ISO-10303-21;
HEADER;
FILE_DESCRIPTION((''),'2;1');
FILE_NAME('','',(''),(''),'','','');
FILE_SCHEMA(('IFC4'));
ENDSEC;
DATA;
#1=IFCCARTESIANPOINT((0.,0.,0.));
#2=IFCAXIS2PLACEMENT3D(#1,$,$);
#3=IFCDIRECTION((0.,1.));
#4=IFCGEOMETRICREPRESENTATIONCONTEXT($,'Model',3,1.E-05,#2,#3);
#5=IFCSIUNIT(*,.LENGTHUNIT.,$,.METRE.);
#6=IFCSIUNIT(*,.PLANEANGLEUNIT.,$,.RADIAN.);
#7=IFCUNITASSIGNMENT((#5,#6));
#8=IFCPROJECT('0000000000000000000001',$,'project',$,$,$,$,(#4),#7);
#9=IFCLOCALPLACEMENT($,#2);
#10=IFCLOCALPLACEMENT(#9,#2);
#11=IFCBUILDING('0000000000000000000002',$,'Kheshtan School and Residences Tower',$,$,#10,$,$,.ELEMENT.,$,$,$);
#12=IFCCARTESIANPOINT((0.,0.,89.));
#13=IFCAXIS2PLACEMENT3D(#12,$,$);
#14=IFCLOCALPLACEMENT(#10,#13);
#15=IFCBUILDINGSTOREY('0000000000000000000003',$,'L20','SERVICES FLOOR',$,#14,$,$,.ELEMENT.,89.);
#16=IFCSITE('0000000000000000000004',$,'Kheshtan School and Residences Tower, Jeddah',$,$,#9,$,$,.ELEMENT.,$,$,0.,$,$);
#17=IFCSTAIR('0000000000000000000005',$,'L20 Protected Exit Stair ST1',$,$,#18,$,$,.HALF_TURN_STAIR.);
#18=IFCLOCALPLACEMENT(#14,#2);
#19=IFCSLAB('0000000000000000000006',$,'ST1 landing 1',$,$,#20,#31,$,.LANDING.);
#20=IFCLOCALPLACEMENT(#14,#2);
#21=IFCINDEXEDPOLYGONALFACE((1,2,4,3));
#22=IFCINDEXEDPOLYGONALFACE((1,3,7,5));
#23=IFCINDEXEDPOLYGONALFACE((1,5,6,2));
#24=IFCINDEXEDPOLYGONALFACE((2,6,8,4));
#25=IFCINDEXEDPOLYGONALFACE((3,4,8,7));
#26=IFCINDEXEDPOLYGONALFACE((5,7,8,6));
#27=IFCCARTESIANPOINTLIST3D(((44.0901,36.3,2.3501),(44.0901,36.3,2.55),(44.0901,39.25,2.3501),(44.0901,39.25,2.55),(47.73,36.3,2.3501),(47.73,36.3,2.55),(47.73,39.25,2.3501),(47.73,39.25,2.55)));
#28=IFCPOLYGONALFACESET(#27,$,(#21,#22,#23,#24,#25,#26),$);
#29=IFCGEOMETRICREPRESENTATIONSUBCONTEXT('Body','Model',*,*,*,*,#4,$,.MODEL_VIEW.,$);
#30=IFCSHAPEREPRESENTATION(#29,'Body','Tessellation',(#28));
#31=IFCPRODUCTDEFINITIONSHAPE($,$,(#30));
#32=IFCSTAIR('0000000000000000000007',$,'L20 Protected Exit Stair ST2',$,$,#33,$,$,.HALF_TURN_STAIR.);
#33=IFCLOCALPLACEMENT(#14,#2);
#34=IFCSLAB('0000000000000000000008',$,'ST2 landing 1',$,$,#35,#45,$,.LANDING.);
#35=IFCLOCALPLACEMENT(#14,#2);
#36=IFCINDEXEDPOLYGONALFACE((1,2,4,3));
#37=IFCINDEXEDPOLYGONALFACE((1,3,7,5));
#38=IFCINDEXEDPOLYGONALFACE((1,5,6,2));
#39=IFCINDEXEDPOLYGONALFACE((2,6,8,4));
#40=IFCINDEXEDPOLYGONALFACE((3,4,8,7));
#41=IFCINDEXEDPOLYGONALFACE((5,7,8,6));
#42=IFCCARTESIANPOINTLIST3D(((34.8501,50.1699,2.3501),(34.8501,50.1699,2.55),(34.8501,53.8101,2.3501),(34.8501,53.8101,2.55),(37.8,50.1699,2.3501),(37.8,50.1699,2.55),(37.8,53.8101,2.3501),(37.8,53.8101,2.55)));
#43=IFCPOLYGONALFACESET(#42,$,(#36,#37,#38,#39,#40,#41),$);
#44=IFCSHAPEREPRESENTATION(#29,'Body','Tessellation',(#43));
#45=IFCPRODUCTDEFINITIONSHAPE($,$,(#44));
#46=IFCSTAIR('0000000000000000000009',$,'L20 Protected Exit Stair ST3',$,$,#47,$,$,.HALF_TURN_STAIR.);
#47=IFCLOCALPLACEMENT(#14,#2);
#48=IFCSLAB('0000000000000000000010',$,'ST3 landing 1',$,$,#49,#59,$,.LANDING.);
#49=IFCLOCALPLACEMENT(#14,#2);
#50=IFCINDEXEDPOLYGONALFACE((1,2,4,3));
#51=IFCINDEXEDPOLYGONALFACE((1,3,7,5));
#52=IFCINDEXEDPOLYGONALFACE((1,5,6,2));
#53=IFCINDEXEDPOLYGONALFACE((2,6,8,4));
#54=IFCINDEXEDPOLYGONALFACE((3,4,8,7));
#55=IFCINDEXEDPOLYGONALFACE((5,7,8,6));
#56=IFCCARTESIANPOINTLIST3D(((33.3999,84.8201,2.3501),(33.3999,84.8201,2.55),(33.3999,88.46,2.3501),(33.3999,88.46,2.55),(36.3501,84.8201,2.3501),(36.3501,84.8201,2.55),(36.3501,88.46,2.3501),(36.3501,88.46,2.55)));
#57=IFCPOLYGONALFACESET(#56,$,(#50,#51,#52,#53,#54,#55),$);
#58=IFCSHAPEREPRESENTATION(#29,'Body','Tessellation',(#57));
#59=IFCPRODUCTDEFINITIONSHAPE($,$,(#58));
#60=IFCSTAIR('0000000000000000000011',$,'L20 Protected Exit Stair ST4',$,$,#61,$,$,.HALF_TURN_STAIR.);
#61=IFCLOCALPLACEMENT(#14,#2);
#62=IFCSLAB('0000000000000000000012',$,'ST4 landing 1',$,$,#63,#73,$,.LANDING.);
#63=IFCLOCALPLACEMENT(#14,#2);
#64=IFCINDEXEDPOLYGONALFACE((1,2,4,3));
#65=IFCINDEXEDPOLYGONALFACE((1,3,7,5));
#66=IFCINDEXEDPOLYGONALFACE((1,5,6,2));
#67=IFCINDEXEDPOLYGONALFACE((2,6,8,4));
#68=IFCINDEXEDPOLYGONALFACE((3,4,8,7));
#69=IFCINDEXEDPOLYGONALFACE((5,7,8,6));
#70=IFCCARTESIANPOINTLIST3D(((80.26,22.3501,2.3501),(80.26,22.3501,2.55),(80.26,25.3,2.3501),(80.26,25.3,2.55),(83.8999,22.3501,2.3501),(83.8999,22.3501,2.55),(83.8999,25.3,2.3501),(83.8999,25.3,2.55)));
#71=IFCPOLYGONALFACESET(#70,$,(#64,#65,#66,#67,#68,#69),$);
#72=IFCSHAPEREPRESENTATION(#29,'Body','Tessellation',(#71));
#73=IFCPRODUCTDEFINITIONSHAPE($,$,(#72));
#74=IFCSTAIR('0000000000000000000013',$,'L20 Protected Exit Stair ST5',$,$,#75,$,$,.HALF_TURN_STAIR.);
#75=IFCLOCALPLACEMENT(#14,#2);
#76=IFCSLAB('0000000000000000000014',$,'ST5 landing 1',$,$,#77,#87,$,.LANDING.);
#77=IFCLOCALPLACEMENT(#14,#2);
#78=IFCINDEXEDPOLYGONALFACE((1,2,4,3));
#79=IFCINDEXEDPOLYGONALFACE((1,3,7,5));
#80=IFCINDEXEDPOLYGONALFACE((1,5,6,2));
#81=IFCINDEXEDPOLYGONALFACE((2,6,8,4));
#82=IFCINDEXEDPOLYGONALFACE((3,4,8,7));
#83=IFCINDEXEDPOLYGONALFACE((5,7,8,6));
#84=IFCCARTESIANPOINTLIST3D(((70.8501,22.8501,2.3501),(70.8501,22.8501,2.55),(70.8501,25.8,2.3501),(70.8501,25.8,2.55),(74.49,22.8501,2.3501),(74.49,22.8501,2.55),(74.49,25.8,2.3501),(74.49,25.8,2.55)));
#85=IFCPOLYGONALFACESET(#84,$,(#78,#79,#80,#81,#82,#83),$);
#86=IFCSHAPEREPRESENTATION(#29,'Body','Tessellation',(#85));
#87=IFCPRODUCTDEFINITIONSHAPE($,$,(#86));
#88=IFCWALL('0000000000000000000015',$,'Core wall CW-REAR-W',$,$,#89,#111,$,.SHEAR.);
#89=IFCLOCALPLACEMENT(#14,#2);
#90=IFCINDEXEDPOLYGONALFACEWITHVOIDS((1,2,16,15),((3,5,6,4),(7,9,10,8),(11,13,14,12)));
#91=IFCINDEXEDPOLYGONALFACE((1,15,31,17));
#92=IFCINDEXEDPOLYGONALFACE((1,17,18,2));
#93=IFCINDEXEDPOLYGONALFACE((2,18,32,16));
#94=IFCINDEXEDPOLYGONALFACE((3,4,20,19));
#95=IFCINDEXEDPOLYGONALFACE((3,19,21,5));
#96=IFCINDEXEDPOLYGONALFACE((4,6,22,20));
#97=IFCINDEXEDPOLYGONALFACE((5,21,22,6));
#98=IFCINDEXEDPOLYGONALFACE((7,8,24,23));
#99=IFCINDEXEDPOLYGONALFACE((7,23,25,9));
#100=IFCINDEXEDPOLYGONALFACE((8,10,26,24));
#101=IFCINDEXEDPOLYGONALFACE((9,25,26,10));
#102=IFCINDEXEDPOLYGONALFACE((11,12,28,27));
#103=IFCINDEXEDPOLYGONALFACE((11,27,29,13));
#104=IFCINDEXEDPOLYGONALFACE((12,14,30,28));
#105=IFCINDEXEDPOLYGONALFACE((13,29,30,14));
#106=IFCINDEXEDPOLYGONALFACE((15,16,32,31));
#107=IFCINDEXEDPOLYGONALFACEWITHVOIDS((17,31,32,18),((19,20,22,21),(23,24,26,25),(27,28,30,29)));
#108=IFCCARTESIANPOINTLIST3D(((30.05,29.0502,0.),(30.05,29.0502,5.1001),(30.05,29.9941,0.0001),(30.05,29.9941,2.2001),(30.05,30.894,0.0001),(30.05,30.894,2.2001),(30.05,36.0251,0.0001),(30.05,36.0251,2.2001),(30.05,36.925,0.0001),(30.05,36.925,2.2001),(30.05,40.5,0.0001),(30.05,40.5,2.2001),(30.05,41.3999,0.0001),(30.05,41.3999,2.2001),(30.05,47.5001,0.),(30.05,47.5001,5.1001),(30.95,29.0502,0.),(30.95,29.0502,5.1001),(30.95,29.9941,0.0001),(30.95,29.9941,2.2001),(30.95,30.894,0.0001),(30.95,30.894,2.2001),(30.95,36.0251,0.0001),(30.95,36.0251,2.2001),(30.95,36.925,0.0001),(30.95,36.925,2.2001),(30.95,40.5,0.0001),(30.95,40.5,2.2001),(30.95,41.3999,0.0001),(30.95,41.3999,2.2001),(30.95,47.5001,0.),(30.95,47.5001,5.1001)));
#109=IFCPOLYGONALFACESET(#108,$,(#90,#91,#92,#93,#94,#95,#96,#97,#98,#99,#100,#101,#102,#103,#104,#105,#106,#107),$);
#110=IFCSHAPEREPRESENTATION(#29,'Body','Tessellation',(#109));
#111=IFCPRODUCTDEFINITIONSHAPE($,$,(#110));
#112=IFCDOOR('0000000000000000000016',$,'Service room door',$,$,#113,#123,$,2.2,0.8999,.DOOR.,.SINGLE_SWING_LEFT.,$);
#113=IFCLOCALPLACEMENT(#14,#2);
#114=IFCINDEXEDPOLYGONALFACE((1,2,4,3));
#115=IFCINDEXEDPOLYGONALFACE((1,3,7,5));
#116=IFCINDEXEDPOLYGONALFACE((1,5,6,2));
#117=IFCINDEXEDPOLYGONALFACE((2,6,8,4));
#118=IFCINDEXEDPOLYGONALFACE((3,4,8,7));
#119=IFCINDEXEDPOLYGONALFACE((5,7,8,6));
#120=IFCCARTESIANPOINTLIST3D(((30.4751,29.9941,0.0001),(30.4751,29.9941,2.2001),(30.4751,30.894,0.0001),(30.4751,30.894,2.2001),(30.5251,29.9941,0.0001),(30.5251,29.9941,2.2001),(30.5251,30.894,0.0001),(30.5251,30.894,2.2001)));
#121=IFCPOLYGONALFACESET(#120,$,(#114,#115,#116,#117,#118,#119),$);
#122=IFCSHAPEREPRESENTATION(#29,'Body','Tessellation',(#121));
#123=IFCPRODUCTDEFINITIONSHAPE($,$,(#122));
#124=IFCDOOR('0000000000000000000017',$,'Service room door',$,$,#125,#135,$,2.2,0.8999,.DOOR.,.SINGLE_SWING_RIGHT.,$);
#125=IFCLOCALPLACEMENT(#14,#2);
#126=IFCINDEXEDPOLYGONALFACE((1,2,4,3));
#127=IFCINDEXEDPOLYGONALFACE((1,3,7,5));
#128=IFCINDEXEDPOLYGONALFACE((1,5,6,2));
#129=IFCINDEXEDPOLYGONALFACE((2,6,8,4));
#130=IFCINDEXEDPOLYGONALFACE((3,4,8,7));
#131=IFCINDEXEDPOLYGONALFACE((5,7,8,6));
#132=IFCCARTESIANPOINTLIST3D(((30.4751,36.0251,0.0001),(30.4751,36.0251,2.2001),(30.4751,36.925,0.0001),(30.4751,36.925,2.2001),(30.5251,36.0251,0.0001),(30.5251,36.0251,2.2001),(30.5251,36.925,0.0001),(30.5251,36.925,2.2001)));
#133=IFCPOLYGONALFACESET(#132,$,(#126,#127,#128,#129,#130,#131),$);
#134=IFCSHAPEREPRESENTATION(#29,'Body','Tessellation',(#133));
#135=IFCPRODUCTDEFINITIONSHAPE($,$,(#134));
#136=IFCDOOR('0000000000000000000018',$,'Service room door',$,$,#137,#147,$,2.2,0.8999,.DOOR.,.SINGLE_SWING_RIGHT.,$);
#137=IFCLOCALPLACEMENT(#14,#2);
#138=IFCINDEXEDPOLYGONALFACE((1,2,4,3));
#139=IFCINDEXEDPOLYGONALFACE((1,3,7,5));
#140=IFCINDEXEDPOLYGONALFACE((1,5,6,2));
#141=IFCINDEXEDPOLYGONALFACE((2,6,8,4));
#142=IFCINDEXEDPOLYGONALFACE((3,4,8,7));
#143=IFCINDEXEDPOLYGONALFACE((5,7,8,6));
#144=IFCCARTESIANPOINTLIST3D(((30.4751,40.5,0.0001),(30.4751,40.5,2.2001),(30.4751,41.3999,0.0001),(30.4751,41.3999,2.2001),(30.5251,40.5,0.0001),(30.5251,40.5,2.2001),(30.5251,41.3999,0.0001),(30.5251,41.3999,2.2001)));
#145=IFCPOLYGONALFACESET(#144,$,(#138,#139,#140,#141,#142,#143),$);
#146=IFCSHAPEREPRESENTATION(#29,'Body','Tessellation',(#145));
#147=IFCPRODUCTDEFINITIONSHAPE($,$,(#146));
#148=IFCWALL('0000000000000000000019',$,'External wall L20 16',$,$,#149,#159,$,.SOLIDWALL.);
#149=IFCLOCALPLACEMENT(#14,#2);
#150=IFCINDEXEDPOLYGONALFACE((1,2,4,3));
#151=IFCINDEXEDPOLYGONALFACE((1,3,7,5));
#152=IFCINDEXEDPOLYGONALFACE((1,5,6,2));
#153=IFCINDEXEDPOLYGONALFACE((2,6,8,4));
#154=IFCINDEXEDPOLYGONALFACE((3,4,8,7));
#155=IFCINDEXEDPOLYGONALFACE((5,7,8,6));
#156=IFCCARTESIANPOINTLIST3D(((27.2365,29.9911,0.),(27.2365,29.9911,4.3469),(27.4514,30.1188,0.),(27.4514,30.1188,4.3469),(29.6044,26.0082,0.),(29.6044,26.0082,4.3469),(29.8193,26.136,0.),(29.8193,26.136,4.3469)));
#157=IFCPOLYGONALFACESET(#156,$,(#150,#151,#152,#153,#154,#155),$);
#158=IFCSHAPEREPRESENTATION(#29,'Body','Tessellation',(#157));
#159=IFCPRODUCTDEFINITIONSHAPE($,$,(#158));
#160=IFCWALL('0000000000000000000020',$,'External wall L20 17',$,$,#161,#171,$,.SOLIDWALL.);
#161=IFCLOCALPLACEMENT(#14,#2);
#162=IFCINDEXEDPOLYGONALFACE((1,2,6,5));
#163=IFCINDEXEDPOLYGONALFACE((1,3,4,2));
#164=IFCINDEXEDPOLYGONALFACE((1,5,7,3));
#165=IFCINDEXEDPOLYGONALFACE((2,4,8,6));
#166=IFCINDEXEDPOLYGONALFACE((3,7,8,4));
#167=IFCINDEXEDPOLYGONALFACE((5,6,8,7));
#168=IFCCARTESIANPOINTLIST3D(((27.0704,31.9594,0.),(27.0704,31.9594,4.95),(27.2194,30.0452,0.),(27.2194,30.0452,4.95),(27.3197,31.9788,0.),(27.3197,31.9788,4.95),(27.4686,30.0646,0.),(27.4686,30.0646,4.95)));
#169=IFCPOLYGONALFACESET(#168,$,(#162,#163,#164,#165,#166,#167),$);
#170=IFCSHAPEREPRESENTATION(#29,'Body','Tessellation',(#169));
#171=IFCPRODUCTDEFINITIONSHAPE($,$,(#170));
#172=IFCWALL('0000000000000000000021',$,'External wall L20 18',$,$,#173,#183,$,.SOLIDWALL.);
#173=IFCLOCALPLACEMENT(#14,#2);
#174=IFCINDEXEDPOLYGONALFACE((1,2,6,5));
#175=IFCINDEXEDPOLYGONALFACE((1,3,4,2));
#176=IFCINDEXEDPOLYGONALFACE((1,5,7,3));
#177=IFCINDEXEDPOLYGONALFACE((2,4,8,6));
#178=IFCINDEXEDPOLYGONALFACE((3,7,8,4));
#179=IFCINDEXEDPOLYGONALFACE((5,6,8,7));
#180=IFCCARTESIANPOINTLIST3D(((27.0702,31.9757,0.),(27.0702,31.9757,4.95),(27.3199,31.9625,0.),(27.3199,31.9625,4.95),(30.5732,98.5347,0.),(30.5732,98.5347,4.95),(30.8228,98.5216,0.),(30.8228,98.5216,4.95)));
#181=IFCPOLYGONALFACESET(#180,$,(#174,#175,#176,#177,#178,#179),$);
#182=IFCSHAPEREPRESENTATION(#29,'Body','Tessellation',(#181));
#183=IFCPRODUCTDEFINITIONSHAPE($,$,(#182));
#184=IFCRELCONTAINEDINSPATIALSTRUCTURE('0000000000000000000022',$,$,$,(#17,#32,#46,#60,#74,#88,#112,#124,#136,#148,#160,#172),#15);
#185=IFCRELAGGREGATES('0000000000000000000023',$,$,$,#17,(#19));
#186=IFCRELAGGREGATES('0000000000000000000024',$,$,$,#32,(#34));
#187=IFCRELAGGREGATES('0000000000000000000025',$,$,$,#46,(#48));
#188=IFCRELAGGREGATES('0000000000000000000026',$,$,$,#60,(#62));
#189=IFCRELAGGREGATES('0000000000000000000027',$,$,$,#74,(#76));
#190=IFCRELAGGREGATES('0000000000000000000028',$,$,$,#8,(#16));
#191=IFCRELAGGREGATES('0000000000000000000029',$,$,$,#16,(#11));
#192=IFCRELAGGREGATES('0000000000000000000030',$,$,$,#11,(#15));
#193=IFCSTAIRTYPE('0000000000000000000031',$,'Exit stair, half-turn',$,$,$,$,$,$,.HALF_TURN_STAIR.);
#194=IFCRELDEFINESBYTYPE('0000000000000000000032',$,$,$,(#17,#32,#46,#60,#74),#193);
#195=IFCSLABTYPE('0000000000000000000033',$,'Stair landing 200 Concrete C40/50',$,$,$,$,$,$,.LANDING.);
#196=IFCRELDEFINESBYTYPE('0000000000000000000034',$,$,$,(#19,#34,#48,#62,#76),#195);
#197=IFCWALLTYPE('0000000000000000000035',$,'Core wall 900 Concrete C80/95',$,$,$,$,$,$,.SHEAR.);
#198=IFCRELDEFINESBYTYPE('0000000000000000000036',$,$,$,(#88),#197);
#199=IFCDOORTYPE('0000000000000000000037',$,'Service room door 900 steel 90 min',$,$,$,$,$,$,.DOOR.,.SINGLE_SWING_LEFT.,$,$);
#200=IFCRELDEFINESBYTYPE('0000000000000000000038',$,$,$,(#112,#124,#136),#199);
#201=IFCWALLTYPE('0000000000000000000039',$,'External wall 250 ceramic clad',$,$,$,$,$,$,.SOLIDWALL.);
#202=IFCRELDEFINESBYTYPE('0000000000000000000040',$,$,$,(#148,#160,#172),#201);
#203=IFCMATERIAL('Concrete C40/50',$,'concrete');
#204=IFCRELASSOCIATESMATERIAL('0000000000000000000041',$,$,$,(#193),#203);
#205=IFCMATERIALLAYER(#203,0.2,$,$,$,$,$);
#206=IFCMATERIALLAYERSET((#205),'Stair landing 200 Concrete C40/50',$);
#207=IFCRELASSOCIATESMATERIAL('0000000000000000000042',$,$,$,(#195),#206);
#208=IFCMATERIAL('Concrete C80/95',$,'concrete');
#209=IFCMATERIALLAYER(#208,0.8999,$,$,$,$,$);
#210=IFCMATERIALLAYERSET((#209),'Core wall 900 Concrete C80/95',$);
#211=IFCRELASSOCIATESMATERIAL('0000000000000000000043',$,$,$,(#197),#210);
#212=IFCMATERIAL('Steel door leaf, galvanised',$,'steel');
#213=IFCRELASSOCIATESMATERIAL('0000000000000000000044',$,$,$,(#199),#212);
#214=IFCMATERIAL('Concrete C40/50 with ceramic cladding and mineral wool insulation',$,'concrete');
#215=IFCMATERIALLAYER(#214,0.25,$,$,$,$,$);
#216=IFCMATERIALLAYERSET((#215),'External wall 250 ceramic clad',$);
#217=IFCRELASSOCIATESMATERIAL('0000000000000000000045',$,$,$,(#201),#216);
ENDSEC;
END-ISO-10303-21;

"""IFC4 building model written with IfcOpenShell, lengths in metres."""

from ifc_helpers import new_model, si_unit, direction, frame, frame_2d, origin, place, context, subcontext, project, spatial, polyline, rectangle, outline, extrude, source, transform, mapped, material, layer, layer_set, type_object, element, fill, aggregate, save


model = new_model("IFC4")

# Units and contexts
model_context = context("Model", 3, precision=1e-05, world=origin(), true_north=direction((0.0, 1.0)))
body_context = subcontext(model_context, "Body", "Model", "MODEL_VIEW")
ifc_project = project(units=[si_unit("LENGTHUNIT", "METRE"), si_unit("PLANEANGLEUNIT", "RADIAN")], contexts=[model_context])

# Site, building, storey
site_placement = place(None, origin())
site = spatial("IfcSite", under=ifc_project, at=site_placement, Name="Kheshtan School and Residences Tower, Jeddah", CompositionType="ELEMENT", RefElevation=0.0)
building_placement = place(site_placement, origin())
building = spatial("IfcBuilding", under=site, at=building_placement, Name="Kheshtan School and Residences Tower", CompositionType="ELEMENT")
storey_placement = place(building_placement, frame((0.0, 0.0, 89.0)))
storey = spatial("IfcBuildingStorey", under=building, at=storey_placement, Name="L20", Description="SERVICES FLOOR", CompositionType="ELEMENT", Elevation=89.0)

# Shared definitions
ifc_material_1 = material(Name="Concrete C40/50", Category="concrete")

# Stairs, slabs
stair_type = type_object("IfcStairType", Name="Exit stair, half-turn", PredefinedType="HALF_TURN_STAIR", material=ifc_material_1)
stair_1_placement = place(storey_placement, origin())
stair_1 = element("IfcStair", 1, at=stair_1_placement, inside=storey, type_object=stair_type, Name="L20 Protected Exit Stair ST1", PredefinedType="HALF_TURN_STAIR")
ifc_layer_1 = layer(ifc_material_1, 0.2)
ifc_layer_set_1 = layer_set([ifc_layer_1], Name="Stair landing 200 Concrete C40/50")
slab_type_1 = type_object("IfcSlabType", Name="Stair landing 200 Concrete C40/50", PredefinedType="LANDING", material=ifc_layer_set_1)
slab_1_placement = place(storey_placement, frame((0.0, 0.0, 2.3501)))
slab_1 = element("IfcSlab", 2, at=slab_1_placement, type_object=slab_type_1, Name="ST1 landing 1", PredefinedType="LANDING", context=body_context, shape_type="SweptSolid", body=[
    extrude(outline(polyline([(47.73, 39.25), (44.0901, 39.25), (44.0901, 36.3), (47.73, 36.3), (47.73, 39.25)])), origin(), (0.0, 0.0, 1.0), 0.2),
])
aggregate(stair_1, [slab_1])
stair_2_placement = place(storey_placement, origin())
stair_2 = element("IfcStair", 3, at=stair_2_placement, inside=storey, type_object=stair_type, Name="L20 Protected Exit Stair ST2", PredefinedType="HALF_TURN_STAIR")
slab_2_placement = place(storey_placement, frame((0.0, 0.0, 2.3501)))
slab_2 = element("IfcSlab", 4, at=slab_2_placement, type_object=slab_type_1, Name="ST2 landing 1", PredefinedType="LANDING", context=body_context, shape_type="SweptSolid", body=[
    extrude(outline(polyline([(37.8, 50.1699), (37.8, 53.8101), (34.8501, 53.8101), (34.8501, 50.1699), (37.8, 50.1699)])), origin(), (0.0, 0.0, 1.0), 0.2),
])
aggregate(stair_2, [slab_2])
stair_3_placement = place(storey_placement, origin())
stair_3 = element("IfcStair", 5, at=stair_3_placement, inside=storey, type_object=stair_type, Name="L20 Protected Exit Stair ST3", PredefinedType="HALF_TURN_STAIR")
slab_3_placement = place(storey_placement, frame((0.0, 0.0, 2.3501)))
slab_3 = element("IfcSlab", 6, at=slab_3_placement, type_object=slab_type_1, Name="ST3 landing 1", PredefinedType="LANDING", context=body_context, shape_type="SweptSolid", body=[
    extrude(outline(polyline([(36.3501, 84.8201), (36.3501, 88.46), (33.3999, 88.46), (33.3999, 84.8201), (36.3501, 84.8201)])), origin(), (0.0, 0.0, 1.0), 0.2),
])
aggregate(stair_3, [slab_3])
stair_4_placement = place(storey_placement, origin())
stair_4 = element("IfcStair", 7, at=stair_4_placement, inside=storey, type_object=stair_type, Name="L20 Protected Exit Stair ST4", PredefinedType="HALF_TURN_STAIR")
slab_4_placement = place(storey_placement, frame((0.0, 0.0, 2.3501)))
slab_4 = element("IfcSlab", 8, at=slab_4_placement, type_object=slab_type_1, Name="ST4 landing 1", PredefinedType="LANDING", context=body_context, shape_type="SweptSolid", body=[
    extrude(outline(polyline([(83.8999, 25.3), (80.26, 25.3), (80.26, 22.3501), (83.8999, 22.3501), (83.8999, 25.3)])), origin(), (0.0, 0.0, 1.0), 0.2),
])
aggregate(stair_4, [slab_4])
stair_5_placement = place(storey_placement, origin())
stair_5 = element("IfcStair", 9, at=stair_5_placement, inside=storey, type_object=stair_type, Name="L20 Protected Exit Stair ST5", PredefinedType="HALF_TURN_STAIR")
slab_5_placement = place(storey_placement, frame((0.0, 0.0, 2.3501)))
slab_5 = element("IfcSlab", 10, at=slab_5_placement, type_object=slab_type_1, Name="ST5 landing 1", PredefinedType="LANDING", context=body_context, shape_type="SweptSolid", body=[
    extrude(outline(polyline([(74.49, 25.8), (70.8501, 25.8), (70.8501, 22.8501), (74.49, 22.8501), (74.49, 25.8)])), origin(), (0.0, 0.0, 1.0), 0.2),
])
aggregate(stair_5, [slab_5])

# Wall, openings, doors
ifc_material_2 = material(Name="Concrete C80/95", Category="concrete")
ifc_layer_2 = layer(ifc_material_2, 0.8999)
ifc_layer_set_2 = layer_set([ifc_layer_2], Name="Core wall 900 Concrete C80/95")
wall_type_1 = type_object("IfcWallType", Name="Core wall 900 Concrete C80/95", PredefinedType="SHEAR", material=ifc_layer_set_2)
wall_1_placement = place(storey_placement, frame((30.5, 29.05, 0.0), z_axis=(0.0, 0.0, 1.0), x_axis=(0.0, 1.0, 0.0)))
wall_1 = element("IfcWall", 11, at=wall_1_placement, inside=storey, type_object=wall_type_1, Name="Core wall CW-REAR-W", PredefinedType="SHEAR", context=body_context, shape_type="SweptSolid", body=[
    extrude(rectangle(XDim=18.45, YDim=0.8999, at=frame_2d((9.2251, 0.0))), origin(), (0.0, 0.0, 1.0), 5.1001),
])
opening_1_placement = place(wall_1_placement, frame((0.9441, 0.0, 0.0)))
opening_1 = element("IfcOpeningElement", 12, at=opening_1_placement, cuts=wall_1, PredefinedType="OPENING", context=body_context, shape_type="SweptSolid", body=[
    extrude(rectangle(XDim=0.8999, YDim=2.2, at=frame_2d((0.45, 1.1001))), frame((0.0, 0.46, 0.0), z_axis=(0.0, -1.0, 0.0), x_axis=(1.0, 0.0, 0.0)), (0.0, 0.0, 1.0), 0.9199),
])
opening_2_placement = place(wall_1_placement, frame((6.9751, 0.0, 0.0)))
opening_2 = element("IfcOpeningElement", 13, at=opening_2_placement, cuts=wall_1, PredefinedType="OPENING", context=body_context, shape_type="SweptSolid", body=[
    extrude(rectangle(XDim=0.8999, YDim=2.2, at=frame_2d((0.45, 1.1001))), frame((0.0, 0.46, 0.0), z_axis=(0.0, -1.0, 0.0), x_axis=(1.0, 0.0, 0.0)), (0.0, 0.0, 1.0), 0.9199),
])
opening_3_placement = place(wall_1_placement, frame((11.45, 0.0, 0.0)))
opening_3 = element("IfcOpeningElement", 14, at=opening_3_placement, cuts=wall_1, PredefinedType="OPENING", context=body_context, shape_type="SweptSolid", body=[
    extrude(rectangle(XDim=0.8999, YDim=2.2, at=frame_2d((0.45, 1.1001))), frame((0.0, 0.46, 0.0), z_axis=(0.0, -1.0, 0.0), x_axis=(1.0, 0.0, 0.0)), (0.0, 0.0, 1.0), 0.9199),
])
ifc_material_3 = material(Name="Steel door leaf, galvanised", Category="steel")
door_type = type_object("IfcDoorType", Name="Service room door 900 steel 90 min", OperationType="SINGLE_SWING_LEFT", PredefinedType="DOOR", material=ifc_material_3)
shared_shape = source(origin(), body_context, "Body", "SweptSolid", [
    extrude(rectangle(XDim=0.8999, YDim=2.2, at=frame_2d((0.45, 1.1001))), frame((0.0, 0.0249, 0.0), z_axis=(0.0, -1.0, 0.0), x_axis=(1.0, 0.0, 0.0)), (0.0, 0.0, 1.0), 0.05),
])
door_1_placement = place(opening_1_placement, origin())
door_1 = element("IfcDoor", 15, at=door_1_placement, inside=storey, type_object=door_type, Name="Service room door", OperationType="SINGLE_SWING_LEFT", OverallHeight=2.2, OverallWidth=0.8999, PredefinedType="DOOR", context=body_context, shape_type="MappedRepresentation", body=[
    mapped(shared_shape, transform((0.0, 0.0, 0.0), x_axis=(1.0, 0.0, 0.0), y_axis=(0.0, 1.0, 0.0), z_axis=(0.0, 0.0, 1.0), scale=1.0)),
])
fill(opening_1, door_1)
door_2_placement = place(opening_2_placement, origin())
door_2 = element("IfcDoor", 16, at=door_2_placement, inside=storey, type_object=door_type, Name="Service room door", OperationType="SINGLE_SWING_RIGHT", OverallHeight=2.2, OverallWidth=0.8999, PredefinedType="DOOR", context=body_context, shape_type="MappedRepresentation", body=[
    mapped(shared_shape, transform((0.0, 0.0, 0.0), x_axis=(1.0, 0.0, 0.0), y_axis=(0.0, 1.0, 0.0), z_axis=(0.0, 0.0, 1.0), scale=1.0)),
])
fill(opening_2, door_2)
door_3_placement = place(opening_3_placement, origin())
door_3 = element("IfcDoor", 17, at=door_3_placement, inside=storey, type_object=door_type, Name="Service room door", OperationType="SINGLE_SWING_RIGHT", OverallHeight=2.2, OverallWidth=0.8999, PredefinedType="DOOR", context=body_context, shape_type="MappedRepresentation", body=[
    mapped(shared_shape, transform((0.0, 0.0, 0.0), x_axis=(1.0, 0.0, 0.0), y_axis=(0.0, 1.0, 0.0), z_axis=(0.0, 0.0, 1.0), scale=1.0)),
])
fill(opening_3, door_3)

# Walls
ifc_material_4 = material(Name="Concrete C40/50 with ceramic cladding and mineral wool insulation", Category="concrete")
ifc_layer_3 = layer(ifc_material_4, 0.25)
ifc_layer_set_3 = layer_set([ifc_layer_3], Name="External wall 250 ceramic clad")
wall_type_2 = type_object("IfcWallType", Name="External wall 250 ceramic clad", PredefinedType="SOLIDWALL", material=ifc_layer_set_3)
wall_2_placement = place(storey_placement, frame((29.7119, 26.072, 0.0), z_axis=(0.0, 0.0, 1.0), x_axis=(-0.511028, 0.859564, 0.0)))
element("IfcWall", 18, at=wall_2_placement, inside=storey, type_object=wall_type_2, Name="External wall L20 16", PredefinedType="SOLIDWALL", context=body_context, shape_type="SweptSolid", body=[
    extrude(rectangle(XDim=4.6335, YDim=0.25, at=frame_2d((2.3169, 0.0))), origin(), (0.0, 0.0, 1.0), 4.3469),
])
wall_3_placement = place(storey_placement, frame((27.344, 30.0549, 0.0), z_axis=(0.0, 0.0, 1.0), x_axis=(-0.077572, 0.996987, 0.0)))
element("IfcWall", 19, at=wall_3_placement, inside=storey, type_object=wall_type_2, Name="External wall L20 17", PredefinedType="SOLIDWALL", context=body_context, shape_type="SweptSolid", body=[
    extrude(rectangle(XDim=1.9199, YDim=0.25, at=frame_2d((0.96, 0.0))), origin(), (0.0, 0.0, 1.0), 4.95),
])
wall_4_placement = place(storey_placement, frame((27.1951, 31.969, 0.0), z_axis=(0.0, 0.0, 1.0), x_axis=(0.052556, 0.998618, 0.0)))
element("IfcWall", 20, at=wall_4_placement, inside=storey, type_object=wall_type_2, Name="External wall L20 18", PredefinedType="SOLIDWALL", context=body_context, shape_type="SweptSolid", body=[
    extrude(rectangle(XDim=66.6511, YDim=0.25, at=frame_2d((33.3257, 0.0))), origin(), (0.0, 0.0, 1.0), 4.95),
])

save(model, "model.ifc")
